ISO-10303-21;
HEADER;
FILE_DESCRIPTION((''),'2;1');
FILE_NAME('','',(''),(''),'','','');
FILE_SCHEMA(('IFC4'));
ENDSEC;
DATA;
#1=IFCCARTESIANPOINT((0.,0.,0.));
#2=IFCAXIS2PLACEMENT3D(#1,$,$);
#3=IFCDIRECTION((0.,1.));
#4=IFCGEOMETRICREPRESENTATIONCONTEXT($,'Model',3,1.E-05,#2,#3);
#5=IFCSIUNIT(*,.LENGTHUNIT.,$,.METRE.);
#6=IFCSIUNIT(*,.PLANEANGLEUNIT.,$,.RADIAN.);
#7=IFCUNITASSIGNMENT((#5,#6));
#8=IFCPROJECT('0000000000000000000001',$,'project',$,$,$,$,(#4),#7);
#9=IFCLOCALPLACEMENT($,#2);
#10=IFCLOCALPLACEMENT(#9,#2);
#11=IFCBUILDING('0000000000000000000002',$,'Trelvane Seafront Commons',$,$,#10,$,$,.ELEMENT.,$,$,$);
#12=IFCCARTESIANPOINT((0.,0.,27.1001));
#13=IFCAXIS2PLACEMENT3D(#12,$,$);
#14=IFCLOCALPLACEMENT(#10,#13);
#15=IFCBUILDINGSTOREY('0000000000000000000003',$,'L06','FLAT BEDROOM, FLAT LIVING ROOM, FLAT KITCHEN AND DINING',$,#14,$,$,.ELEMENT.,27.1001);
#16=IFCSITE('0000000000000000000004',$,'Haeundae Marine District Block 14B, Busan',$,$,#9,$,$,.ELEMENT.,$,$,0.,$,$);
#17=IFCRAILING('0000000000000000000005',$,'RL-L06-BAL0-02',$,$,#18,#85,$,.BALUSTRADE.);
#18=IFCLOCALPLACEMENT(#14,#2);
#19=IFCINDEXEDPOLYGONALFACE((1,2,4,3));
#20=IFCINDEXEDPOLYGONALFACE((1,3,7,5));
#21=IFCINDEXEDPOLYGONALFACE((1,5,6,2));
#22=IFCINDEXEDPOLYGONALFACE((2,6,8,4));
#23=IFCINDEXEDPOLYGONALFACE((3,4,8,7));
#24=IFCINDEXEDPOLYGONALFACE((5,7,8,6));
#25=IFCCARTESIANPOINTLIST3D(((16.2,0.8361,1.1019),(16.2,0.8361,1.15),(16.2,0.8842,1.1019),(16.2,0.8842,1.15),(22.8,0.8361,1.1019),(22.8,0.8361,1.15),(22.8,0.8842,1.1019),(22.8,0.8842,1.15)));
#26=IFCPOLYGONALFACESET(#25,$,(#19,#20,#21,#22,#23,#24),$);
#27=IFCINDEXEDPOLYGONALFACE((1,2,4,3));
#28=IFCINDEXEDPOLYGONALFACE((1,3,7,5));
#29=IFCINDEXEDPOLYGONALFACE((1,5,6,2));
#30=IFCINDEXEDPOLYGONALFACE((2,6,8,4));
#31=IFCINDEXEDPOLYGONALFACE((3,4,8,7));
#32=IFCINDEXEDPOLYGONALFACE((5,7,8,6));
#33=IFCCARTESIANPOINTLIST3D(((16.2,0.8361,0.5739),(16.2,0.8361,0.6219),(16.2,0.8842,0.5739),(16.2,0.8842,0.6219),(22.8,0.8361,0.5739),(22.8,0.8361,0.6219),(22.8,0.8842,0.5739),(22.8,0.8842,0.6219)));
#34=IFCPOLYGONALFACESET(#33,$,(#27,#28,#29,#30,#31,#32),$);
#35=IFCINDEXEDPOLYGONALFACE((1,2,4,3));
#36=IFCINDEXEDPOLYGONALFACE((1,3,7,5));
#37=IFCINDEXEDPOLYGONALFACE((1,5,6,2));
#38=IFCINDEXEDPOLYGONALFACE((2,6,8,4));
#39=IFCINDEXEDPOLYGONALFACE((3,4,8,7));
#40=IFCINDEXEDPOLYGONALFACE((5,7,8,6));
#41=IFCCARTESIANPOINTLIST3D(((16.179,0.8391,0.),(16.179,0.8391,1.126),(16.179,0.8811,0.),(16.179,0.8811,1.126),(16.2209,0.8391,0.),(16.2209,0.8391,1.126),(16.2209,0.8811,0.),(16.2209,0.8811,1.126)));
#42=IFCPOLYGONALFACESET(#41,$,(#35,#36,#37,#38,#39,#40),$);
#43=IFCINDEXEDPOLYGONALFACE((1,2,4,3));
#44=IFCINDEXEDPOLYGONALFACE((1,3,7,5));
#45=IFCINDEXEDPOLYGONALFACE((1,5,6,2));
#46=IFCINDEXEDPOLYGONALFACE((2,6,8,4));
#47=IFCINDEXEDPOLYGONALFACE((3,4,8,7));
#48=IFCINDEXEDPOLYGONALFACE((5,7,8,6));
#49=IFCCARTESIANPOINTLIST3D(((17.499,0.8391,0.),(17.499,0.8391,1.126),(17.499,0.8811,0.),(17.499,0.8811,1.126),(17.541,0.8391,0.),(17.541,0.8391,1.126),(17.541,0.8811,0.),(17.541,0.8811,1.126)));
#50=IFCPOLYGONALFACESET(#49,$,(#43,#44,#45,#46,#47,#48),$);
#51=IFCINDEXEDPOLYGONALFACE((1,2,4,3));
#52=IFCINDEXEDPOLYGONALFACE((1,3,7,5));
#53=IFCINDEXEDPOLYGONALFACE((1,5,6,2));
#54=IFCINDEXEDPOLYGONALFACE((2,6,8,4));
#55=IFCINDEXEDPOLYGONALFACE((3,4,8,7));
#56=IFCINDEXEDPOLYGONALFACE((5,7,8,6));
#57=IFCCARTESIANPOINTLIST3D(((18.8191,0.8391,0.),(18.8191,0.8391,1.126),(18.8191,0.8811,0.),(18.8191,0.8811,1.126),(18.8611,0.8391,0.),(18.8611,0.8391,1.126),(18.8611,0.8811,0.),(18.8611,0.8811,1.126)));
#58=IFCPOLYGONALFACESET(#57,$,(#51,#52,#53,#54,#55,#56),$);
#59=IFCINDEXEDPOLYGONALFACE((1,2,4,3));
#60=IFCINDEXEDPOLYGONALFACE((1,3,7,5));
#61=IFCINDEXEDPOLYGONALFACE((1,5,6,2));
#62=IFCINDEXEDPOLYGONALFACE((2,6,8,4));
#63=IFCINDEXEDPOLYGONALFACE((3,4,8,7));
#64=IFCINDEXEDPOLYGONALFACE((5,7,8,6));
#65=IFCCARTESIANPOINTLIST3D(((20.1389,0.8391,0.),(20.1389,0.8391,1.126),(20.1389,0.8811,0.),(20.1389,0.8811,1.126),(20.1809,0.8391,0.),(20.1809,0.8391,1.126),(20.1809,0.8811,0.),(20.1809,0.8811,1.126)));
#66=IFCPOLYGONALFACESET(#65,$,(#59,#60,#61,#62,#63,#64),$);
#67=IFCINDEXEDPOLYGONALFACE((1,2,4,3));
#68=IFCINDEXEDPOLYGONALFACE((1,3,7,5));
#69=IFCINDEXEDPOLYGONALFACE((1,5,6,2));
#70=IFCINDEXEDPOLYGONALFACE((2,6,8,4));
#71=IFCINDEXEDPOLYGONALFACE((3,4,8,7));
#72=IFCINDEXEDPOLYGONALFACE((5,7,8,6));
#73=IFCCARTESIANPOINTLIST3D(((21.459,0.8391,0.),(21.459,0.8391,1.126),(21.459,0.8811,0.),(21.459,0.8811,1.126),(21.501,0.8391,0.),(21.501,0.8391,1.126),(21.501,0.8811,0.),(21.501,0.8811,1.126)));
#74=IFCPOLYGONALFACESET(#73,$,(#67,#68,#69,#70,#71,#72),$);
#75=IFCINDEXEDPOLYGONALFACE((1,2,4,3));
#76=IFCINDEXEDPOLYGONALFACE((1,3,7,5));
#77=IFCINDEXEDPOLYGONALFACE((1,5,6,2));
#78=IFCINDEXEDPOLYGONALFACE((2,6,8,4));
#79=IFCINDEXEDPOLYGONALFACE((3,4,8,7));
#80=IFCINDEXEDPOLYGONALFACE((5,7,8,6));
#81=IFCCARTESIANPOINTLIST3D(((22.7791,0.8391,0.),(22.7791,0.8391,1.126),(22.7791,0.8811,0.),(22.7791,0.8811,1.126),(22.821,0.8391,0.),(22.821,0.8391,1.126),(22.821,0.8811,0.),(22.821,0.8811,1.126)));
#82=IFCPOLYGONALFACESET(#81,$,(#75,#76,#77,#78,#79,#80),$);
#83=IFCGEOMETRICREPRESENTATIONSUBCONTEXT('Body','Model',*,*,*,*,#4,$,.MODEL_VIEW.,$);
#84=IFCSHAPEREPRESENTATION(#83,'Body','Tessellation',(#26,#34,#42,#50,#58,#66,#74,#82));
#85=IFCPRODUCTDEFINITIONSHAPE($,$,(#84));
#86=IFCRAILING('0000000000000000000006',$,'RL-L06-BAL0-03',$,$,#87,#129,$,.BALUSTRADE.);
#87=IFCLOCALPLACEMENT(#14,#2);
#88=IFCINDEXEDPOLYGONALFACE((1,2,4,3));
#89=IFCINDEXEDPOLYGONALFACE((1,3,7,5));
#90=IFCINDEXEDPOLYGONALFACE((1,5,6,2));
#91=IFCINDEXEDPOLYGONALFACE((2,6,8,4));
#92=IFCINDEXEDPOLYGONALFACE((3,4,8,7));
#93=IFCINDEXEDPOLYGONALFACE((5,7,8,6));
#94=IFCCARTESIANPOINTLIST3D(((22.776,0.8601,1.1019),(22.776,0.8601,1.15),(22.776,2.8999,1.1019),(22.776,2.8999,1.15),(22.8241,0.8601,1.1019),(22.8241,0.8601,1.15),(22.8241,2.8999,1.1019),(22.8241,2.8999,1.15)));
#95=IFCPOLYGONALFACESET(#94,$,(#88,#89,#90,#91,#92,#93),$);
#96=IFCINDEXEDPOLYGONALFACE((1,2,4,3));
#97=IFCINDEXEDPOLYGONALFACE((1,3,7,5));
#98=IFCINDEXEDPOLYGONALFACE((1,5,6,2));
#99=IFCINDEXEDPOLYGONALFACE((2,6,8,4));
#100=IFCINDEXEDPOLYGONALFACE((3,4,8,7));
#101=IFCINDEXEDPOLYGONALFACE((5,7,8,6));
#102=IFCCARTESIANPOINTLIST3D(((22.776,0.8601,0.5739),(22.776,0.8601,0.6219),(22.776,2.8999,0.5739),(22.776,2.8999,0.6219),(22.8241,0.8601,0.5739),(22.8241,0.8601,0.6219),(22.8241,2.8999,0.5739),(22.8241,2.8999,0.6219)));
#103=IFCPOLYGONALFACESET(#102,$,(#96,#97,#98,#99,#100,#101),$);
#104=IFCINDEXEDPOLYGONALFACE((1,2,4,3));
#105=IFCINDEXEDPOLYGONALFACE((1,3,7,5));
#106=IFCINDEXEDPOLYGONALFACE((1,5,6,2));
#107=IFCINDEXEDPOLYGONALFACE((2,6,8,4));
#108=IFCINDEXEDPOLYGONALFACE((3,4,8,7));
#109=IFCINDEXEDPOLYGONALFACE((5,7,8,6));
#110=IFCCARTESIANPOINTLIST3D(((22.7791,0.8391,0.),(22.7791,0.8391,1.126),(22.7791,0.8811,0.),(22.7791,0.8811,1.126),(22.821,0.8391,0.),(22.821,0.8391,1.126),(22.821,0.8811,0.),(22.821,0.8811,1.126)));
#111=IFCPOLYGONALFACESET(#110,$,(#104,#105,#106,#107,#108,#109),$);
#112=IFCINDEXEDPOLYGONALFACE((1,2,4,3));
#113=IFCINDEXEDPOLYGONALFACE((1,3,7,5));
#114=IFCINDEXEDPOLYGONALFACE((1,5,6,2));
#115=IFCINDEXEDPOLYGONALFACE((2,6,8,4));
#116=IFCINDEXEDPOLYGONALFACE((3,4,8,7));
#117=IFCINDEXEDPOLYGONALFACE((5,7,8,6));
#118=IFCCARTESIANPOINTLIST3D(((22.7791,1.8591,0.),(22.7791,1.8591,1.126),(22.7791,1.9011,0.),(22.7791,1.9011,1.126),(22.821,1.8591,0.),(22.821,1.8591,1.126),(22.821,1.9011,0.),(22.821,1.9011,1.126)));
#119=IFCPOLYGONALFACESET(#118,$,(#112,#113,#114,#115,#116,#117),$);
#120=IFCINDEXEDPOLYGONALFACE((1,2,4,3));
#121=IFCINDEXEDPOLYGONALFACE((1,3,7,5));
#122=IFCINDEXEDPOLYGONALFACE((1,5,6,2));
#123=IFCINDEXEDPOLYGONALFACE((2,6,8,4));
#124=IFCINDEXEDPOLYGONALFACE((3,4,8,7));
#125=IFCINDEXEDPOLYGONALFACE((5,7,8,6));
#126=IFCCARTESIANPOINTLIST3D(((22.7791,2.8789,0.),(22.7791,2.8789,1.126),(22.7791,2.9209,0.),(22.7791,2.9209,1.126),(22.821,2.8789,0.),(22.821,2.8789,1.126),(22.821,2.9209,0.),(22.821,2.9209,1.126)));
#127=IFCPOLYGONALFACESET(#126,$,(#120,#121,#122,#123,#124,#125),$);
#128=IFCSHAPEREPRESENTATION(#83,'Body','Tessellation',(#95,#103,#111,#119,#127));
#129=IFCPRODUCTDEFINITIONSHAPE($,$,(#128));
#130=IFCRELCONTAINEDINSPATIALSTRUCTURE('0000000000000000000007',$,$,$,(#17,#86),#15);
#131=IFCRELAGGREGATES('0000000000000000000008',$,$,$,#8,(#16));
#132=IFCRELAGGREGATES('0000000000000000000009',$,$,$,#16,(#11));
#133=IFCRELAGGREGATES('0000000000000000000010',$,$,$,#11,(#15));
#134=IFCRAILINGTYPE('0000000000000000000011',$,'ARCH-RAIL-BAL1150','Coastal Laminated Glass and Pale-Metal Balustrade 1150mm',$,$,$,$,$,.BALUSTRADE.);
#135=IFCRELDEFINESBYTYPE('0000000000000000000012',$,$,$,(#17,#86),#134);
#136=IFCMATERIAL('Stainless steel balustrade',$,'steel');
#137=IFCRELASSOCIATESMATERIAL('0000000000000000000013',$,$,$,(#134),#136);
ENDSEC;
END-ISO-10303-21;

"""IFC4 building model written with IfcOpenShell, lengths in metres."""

from ifc_helpers import new_model, si_unit, direction, frame, origin, origin_2d, place, context, subcontext, project, spatial, rectangle, extrude, material, type_object, element, save


model = new_model("IFC4")

# Units and contexts
model_context = context("Model", 3, precision=1e-05, world=origin(), true_north=direction((0.0, 1.0)))
body_context = subcontext(model_context, "Body", "Model", "MODEL_VIEW")
ifc_project = project(units=[si_unit("LENGTHUNIT", "METRE"), si_unit("PLANEANGLEUNIT", "RADIAN")], contexts=[model_context])

# Site, building, storey
site_placement = place(None, origin())
site = spatial("IfcSite", under=ifc_project, at=site_placement, Name="Haeundae Marine District Block 14B, Busan", CompositionType="ELEMENT", RefElevation=0.0)
building_placement = place(site_placement, origin())
building = spatial("IfcBuilding", under=site, at=building_placement, Name="Trelvane Seafront Commons", CompositionType="ELEMENT")
storey_placement = place(building_placement, frame((0.0, 0.0, 27.1001)))
storey = spatial("IfcBuildingStorey", under=building, at=storey_placement, Name="L06", Description="FLAT BEDROOM, FLAT LIVING ROOM, FLAT KITCHEN AND DINING", CompositionType="ELEMENT", Elevation=27.1001)

# Railings
ifc_material_1 = material(Name="Stainless steel balustrade", Category="steel")
railing_type = type_object("IfcRailingType", Name="ARCH-RAIL-BAL1150", Description="Coastal Laminated Glass and Pale-Metal Balustrade 1150mm", PredefinedType="BALUSTRADE", material=ifc_material_1)
railing_1_placement = place(storey_placement, frame((16.2, 0.8601, 0.0)))
element("IfcRailing", 1, at=railing_1_placement, inside=storey, type_object=railing_type, Name="RL-L06-BAL0-02", PredefinedType="BALUSTRADE", context=body_context, shape_type="SweptSolid", body=[
    extrude(rectangle(XDim=0.0481, YDim=0.0481, at=origin_2d()), frame((0.0, 0.0, 1.126), z_axis=(1.0, 0.0, 0.0), x_axis=(0.0, 1.0, 0.0)), (0.0, 0.0, 1.0), 6.6001),
    extrude(rectangle(XDim=0.0481, YDim=0.0481, at=origin_2d()), frame((0.0, 0.0, 0.5979), z_axis=(1.0, 0.0, 0.0), x_axis=(0.0, 1.0, 0.0)), (0.0, 0.0, 1.0), 6.6001),
    extrude(rectangle(XDim=0.042, YDim=0.042, at=origin_2d()), origin(), (0.0, 0.0, 1.0), 1.126),
    extrude(rectangle(XDim=0.042, YDim=0.042, at=origin_2d()), frame((1.3201, 0.0, 0.0)), (0.0, 0.0, 1.0), 1.126),
    extrude(rectangle(XDim=0.042, YDim=0.042, at=origin_2d()), frame((2.6401, 0.0, 0.0)), (0.0, 0.0, 1.0), 1.126),
    extrude(rectangle(XDim=0.042, YDim=0.042, at=origin_2d()), frame((3.96, 0.0, 0.0)), (0.0, 0.0, 1.0), 1.126),
    extrude(rectangle(XDim=0.042, YDim=0.042, at=origin_2d()), frame((5.28, 0.0, 0.0)), (0.0, 0.0, 1.0), 1.126),
    extrude(rectangle(XDim=0.042, YDim=0.042, at=origin_2d()), frame((6.6001, 0.0, 0.0)), (0.0, 0.0, 1.0), 1.126),
])
railing_2_placement = place(storey_placement, frame((22.8, 0.8601, 0.0)))
element("IfcRailing", 2, at=railing_2_placement, inside=storey, type_object=railing_type, Name="RL-L06-BAL0-03", PredefinedType="BALUSTRADE", context=body_context, shape_type="SweptSolid", body=[
    extrude(rectangle(XDim=0.0481, YDim=0.0481, at=origin_2d()), frame((0.0, 0.0, 1.126), z_axis=(0.0, 1.0, 0.0), x_axis=(-1.0, 0.0, 0.0)), (0.0, 0.0, 1.0), 2.0398),
    extrude(rectangle(XDim=0.0481, YDim=0.0481, at=origin_2d()), frame((0.0, 0.0, 0.5979), z_axis=(0.0, 1.0, 0.0), x_axis=(-1.0, 0.0, 0.0)), (0.0, 0.0, 1.0), 2.0398),
    extrude(rectangle(XDim=0.042, YDim=0.042, at=origin_2d()), origin(), (0.0, 0.0, 1.0), 1.126),
    extrude(rectangle(XDim=0.042, YDim=0.042, at=origin_2d()), frame((0.0, 1.02, 0.0)), (0.0, 0.0, 1.0), 1.126),
    extrude(rectangle(XDim=0.042, YDim=0.042, at=origin_2d()), frame((0.0, 2.0398, 0.0)), (0.0, 0.0, 1.0), 1.126),
])

save(model, "model.ifc")
